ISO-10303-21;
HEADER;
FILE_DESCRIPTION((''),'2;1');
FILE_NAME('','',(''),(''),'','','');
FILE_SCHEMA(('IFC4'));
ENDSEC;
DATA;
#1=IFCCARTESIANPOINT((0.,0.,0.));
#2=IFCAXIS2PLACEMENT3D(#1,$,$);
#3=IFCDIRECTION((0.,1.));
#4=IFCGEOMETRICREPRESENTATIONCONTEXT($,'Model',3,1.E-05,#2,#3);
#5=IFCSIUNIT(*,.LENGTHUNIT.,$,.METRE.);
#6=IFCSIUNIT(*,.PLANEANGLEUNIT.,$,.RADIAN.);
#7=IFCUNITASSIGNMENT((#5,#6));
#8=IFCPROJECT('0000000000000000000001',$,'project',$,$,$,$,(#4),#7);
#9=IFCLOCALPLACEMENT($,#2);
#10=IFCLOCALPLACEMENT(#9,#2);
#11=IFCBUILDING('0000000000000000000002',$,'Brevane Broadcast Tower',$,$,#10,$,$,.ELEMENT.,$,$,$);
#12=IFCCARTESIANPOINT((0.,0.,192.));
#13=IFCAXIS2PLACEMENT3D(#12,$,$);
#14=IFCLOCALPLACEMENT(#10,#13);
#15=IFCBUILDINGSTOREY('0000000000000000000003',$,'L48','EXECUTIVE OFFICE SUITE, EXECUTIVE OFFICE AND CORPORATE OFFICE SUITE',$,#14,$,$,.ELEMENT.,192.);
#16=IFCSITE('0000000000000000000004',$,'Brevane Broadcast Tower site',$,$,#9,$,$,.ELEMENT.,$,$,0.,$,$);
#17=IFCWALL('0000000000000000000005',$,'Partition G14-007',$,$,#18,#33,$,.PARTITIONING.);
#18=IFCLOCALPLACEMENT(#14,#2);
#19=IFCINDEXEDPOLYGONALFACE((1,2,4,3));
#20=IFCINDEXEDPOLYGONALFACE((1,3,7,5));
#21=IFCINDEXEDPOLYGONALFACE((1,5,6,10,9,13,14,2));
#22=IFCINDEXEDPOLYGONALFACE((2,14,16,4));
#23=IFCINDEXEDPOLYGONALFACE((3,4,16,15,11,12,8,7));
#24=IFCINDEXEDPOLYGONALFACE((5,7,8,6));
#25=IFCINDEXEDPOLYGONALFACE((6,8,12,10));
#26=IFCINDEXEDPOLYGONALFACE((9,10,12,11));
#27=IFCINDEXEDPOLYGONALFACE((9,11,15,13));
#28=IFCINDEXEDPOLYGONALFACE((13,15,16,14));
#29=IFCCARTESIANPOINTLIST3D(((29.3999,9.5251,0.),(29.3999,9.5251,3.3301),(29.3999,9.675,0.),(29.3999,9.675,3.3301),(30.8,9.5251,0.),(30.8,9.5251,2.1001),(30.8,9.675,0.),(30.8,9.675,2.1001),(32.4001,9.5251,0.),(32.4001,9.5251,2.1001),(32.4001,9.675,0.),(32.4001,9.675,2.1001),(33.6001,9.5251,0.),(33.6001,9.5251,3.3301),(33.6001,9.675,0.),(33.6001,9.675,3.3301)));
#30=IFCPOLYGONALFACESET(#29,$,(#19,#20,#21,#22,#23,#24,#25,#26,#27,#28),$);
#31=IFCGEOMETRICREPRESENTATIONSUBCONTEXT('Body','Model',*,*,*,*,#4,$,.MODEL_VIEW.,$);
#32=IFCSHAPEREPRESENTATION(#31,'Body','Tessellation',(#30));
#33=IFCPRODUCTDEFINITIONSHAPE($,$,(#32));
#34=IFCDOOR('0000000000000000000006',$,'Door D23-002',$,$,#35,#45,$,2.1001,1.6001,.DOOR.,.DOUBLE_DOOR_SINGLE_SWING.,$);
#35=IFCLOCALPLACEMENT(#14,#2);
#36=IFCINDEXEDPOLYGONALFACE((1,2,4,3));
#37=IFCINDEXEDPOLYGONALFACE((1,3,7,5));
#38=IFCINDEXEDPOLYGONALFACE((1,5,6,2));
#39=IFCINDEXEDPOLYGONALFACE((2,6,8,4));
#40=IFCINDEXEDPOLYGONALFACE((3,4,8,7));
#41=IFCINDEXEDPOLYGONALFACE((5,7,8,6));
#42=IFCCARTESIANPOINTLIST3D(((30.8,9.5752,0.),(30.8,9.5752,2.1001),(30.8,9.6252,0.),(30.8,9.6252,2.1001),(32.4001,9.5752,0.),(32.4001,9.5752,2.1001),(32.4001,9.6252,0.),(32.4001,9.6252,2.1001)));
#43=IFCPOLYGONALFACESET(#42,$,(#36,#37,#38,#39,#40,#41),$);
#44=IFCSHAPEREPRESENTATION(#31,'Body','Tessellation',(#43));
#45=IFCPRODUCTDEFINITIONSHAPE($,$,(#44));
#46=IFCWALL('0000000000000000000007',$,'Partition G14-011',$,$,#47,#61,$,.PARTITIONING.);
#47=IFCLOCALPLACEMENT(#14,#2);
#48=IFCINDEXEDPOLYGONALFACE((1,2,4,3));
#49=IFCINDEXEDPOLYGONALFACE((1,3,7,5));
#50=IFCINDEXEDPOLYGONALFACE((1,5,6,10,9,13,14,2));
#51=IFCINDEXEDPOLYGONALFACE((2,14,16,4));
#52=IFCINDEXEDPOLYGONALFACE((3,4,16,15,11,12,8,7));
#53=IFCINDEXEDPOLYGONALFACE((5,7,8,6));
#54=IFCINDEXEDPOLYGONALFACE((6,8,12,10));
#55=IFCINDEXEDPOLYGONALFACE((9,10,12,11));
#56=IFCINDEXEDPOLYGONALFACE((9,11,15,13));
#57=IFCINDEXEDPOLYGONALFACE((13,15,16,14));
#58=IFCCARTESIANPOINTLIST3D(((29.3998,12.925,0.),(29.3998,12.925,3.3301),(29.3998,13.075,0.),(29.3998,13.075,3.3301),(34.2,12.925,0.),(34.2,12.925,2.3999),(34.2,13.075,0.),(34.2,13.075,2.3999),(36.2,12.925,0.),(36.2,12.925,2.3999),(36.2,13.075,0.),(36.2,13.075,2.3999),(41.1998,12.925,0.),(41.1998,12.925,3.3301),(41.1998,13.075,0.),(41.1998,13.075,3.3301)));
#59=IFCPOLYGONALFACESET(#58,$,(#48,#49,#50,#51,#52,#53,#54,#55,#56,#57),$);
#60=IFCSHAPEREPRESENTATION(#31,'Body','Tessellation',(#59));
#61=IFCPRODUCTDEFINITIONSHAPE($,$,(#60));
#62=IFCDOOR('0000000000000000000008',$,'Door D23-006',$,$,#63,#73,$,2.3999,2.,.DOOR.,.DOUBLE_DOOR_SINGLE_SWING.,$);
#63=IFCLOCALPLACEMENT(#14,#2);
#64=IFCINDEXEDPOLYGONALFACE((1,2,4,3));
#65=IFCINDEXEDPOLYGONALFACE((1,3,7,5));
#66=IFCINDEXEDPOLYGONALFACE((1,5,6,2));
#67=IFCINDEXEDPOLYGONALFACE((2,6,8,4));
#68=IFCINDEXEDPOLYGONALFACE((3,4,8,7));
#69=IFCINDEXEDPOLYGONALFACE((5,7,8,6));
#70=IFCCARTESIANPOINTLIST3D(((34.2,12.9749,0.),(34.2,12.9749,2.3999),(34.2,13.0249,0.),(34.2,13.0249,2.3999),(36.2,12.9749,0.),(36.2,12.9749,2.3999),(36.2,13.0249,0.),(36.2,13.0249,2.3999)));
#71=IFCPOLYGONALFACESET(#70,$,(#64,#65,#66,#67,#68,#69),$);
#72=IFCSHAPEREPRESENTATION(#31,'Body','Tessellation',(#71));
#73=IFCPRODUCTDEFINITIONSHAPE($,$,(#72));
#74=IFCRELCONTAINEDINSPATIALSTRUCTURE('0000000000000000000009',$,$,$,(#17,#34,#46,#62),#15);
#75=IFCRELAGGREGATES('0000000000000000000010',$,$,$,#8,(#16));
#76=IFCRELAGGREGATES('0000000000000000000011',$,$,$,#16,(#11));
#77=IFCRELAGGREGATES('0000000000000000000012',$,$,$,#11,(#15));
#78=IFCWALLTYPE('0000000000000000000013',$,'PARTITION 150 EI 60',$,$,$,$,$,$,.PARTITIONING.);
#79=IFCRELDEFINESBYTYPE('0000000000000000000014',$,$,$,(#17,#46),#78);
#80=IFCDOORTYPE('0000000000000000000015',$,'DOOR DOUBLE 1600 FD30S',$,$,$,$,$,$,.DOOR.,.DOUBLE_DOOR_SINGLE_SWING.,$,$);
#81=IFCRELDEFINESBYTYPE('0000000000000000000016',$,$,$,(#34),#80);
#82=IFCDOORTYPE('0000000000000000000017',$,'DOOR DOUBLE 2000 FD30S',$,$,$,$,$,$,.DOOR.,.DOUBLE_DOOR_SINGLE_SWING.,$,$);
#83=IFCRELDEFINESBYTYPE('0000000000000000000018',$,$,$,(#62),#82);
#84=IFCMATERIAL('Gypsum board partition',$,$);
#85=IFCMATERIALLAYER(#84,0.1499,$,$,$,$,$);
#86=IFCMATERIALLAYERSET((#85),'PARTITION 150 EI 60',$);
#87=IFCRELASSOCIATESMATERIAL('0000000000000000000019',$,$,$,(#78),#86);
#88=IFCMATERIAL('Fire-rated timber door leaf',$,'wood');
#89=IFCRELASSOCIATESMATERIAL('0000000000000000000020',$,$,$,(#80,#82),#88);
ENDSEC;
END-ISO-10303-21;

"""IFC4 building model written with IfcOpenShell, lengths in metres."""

from ifc_helpers import new_model, si_unit, direction, frame, frame_2d, origin, place, context, subcontext, project, spatial, rectangle, extrude, material, layer, layer_set, type_object, element, fill, save


model = new_model("IFC4")

# Units and contexts
model_context = context("Model", 3, precision=1e-05, world=origin(), true_north=direction((0.0, 1.0)))
body_context = subcontext(model_context, "Body", "Model", "MODEL_VIEW")
ifc_project = project(units=[si_unit("LENGTHUNIT", "METRE"), si_unit("PLANEANGLEUNIT", "RADIAN")], contexts=[model_context])

# Site, building, storey
site_placement = place(None, origin())
site = spatial("IfcSite", under=ifc_project, at=site_placement, Name="Brevane Broadcast Tower site", CompositionType="ELEMENT", RefElevation=0.0)
building_placement = place(site_placement, origin())
building = spatial("IfcBuilding", under=site, at=building_placement, Name="Brevane Broadcast Tower", CompositionType="ELEMENT")
storey_placement = place(building_placement, frame((0.0, 0.0, 192.0)))
storey = spatial("IfcBuildingStorey", under=building, at=storey_placement, Name="L48", Description="EXECUTIVE OFFICE SUITE, EXECUTIVE OFFICE AND CORPORATE OFFICE SUITE", CompositionType="ELEMENT", Elevation=192.0)

# Shared definitions
ifc_material_1 = material(Name="Gypsum board partition")
ifc_layer_1 = layer(ifc_material_1, 0.1499)
ifc_layer_set_1 = layer_set([ifc_layer_1], Name="PARTITION 150 EI 60")
wall_type_1 = type_object("IfcWallType", Name="PARTITION 150 EI 60", PredefinedType="PARTITIONING", material=ifc_layer_set_1)

# Walls, openings, doors
wall_1_placement = place(storey_placement, frame((33.6001, 9.6001, 0.0), z_axis=(0.0, 0.0, 1.0), x_axis=(-1.0, 0.0, 0.0)))
wall_1 = element("IfcWall", 1, at=wall_1_placement, inside=storey, type_object=wall_type_1, Name="Partition G14-007", PredefinedType="PARTITIONING", context=body_context, shape_type="SweptSolid", body=[
    extrude(rectangle(XDim=4.2002, YDim=0.1499, at=frame_2d((2.1001, 0.0))), origin(), (0.0, 0.0, 1.0), 3.3301),
])
opening_1_placement = place(wall_1_placement, frame((1.2, 0.0, 0.0)))
opening_1 = element("IfcOpeningElement", 2, at=opening_1_placement, cuts=wall_1, PredefinedType="OPENING", context=body_context, shape_type="SweptSolid", body=[
    extrude(rectangle(XDim=1.6001, YDim=2.1001, at=frame_2d((0.8, 1.05))), frame((0.0, 0.085, 0.0), z_axis=(0.0, -1.0, 0.0), x_axis=(1.0, 0.0, 0.0)), (0.0, 0.0, 1.0), 0.1699),
])
ifc_material_2 = material(Name="Fire-rated timber door leaf", Category="wood")
door_type_1 = type_object("IfcDoorType", Name="DOOR DOUBLE 1600 FD30S", OperationType="DOUBLE_DOOR_SINGLE_SWING", PredefinedType="DOOR", material=ifc_material_2)
door_1_placement = place(opening_1_placement, origin())
door_1 = element("IfcDoor", 3, at=door_1_placement, inside=storey, type_object=door_type_1, Name="Door D23-002", OperationType="DOUBLE_DOOR_SINGLE_SWING", OverallHeight=2.1001, OverallWidth=1.6001, PredefinedType="DOOR", context=body_context, shape_type="SweptSolid", body=[
    extrude(rectangle(XDim=1.6001, YDim=2.1001, at=frame_2d((0.8, 1.05))), frame((0.0, 0.0249, 0.0), z_axis=(0.0, -1.0, 0.0), x_axis=(1.0, 0.0, 0.0)), (0.0, 0.0, 1.0), 0.05),
])
fill(opening_1, door_1)
wall_2_placement = place(storey_placement, frame((29.3999, 13.0, 0.0), z_axis=(0.0, 0.0, 1.0), x_axis=(1.0, 0.0, 0.0)))
wall_2 = element("IfcWall", 4, at=wall_2_placement, inside=storey, type_object=wall_type_1, Name="Partition G14-011", PredefinedType="PARTITIONING", context=body_context, shape_type="SweptSolid", body=[
    extrude(rectangle(XDim=11.8, YDim=0.1499, at=frame_2d((5.8999, 0.0))), origin(), (0.0, 0.0, 1.0), 3.3301),
])
opening_2_placement = place(wall_2_placement, frame((4.8, 0.0, 0.0)))
opening_2 = element("IfcOpeningElement", 5, at=opening_2_placement, cuts=wall_2, PredefinedType="OPENING", context=body_context, shape_type="SweptSolid", body=[
    extrude(rectangle(XDim=2.0, YDim=2.3999, at=frame_2d((1.0, 1.2))), frame((0.0, 0.085, 0.0), z_axis=(0.0, -1.0, 0.0), x_axis=(1.0, 0.0, 0.0)), (0.0, 0.0, 1.0), 0.1699),
])
door_type_2 = type_object("IfcDoorType", Name="DOOR DOUBLE 2000 FD30S", OperationType="DOUBLE_DOOR_SINGLE_SWING", PredefinedType="DOOR", material=ifc_material_2)
door_2_placement = place(opening_2_placement, origin())
door_2 = element("IfcDoor", 6, at=door_2_placement, inside=storey, type_object=door_type_2, Name="Door D23-006", OperationType="DOUBLE_DOOR_SINGLE_SWING", OverallHeight=2.3999, OverallWidth=2.0, PredefinedType="DOOR", context=body_context, shape_type="SweptSolid", body=[
    extrude(rectangle(XDim=2.0, YDim=2.3999, at=frame_2d((1.0, 1.2))), frame((0.0, 0.0249, 0.0), z_axis=(0.0, -1.0, 0.0), x_axis=(1.0, 0.0, 0.0)), (0.0, 0.0, 1.0), 0.05),
])
fill(opening_2, door_2)

save(model, "model.ifc")
